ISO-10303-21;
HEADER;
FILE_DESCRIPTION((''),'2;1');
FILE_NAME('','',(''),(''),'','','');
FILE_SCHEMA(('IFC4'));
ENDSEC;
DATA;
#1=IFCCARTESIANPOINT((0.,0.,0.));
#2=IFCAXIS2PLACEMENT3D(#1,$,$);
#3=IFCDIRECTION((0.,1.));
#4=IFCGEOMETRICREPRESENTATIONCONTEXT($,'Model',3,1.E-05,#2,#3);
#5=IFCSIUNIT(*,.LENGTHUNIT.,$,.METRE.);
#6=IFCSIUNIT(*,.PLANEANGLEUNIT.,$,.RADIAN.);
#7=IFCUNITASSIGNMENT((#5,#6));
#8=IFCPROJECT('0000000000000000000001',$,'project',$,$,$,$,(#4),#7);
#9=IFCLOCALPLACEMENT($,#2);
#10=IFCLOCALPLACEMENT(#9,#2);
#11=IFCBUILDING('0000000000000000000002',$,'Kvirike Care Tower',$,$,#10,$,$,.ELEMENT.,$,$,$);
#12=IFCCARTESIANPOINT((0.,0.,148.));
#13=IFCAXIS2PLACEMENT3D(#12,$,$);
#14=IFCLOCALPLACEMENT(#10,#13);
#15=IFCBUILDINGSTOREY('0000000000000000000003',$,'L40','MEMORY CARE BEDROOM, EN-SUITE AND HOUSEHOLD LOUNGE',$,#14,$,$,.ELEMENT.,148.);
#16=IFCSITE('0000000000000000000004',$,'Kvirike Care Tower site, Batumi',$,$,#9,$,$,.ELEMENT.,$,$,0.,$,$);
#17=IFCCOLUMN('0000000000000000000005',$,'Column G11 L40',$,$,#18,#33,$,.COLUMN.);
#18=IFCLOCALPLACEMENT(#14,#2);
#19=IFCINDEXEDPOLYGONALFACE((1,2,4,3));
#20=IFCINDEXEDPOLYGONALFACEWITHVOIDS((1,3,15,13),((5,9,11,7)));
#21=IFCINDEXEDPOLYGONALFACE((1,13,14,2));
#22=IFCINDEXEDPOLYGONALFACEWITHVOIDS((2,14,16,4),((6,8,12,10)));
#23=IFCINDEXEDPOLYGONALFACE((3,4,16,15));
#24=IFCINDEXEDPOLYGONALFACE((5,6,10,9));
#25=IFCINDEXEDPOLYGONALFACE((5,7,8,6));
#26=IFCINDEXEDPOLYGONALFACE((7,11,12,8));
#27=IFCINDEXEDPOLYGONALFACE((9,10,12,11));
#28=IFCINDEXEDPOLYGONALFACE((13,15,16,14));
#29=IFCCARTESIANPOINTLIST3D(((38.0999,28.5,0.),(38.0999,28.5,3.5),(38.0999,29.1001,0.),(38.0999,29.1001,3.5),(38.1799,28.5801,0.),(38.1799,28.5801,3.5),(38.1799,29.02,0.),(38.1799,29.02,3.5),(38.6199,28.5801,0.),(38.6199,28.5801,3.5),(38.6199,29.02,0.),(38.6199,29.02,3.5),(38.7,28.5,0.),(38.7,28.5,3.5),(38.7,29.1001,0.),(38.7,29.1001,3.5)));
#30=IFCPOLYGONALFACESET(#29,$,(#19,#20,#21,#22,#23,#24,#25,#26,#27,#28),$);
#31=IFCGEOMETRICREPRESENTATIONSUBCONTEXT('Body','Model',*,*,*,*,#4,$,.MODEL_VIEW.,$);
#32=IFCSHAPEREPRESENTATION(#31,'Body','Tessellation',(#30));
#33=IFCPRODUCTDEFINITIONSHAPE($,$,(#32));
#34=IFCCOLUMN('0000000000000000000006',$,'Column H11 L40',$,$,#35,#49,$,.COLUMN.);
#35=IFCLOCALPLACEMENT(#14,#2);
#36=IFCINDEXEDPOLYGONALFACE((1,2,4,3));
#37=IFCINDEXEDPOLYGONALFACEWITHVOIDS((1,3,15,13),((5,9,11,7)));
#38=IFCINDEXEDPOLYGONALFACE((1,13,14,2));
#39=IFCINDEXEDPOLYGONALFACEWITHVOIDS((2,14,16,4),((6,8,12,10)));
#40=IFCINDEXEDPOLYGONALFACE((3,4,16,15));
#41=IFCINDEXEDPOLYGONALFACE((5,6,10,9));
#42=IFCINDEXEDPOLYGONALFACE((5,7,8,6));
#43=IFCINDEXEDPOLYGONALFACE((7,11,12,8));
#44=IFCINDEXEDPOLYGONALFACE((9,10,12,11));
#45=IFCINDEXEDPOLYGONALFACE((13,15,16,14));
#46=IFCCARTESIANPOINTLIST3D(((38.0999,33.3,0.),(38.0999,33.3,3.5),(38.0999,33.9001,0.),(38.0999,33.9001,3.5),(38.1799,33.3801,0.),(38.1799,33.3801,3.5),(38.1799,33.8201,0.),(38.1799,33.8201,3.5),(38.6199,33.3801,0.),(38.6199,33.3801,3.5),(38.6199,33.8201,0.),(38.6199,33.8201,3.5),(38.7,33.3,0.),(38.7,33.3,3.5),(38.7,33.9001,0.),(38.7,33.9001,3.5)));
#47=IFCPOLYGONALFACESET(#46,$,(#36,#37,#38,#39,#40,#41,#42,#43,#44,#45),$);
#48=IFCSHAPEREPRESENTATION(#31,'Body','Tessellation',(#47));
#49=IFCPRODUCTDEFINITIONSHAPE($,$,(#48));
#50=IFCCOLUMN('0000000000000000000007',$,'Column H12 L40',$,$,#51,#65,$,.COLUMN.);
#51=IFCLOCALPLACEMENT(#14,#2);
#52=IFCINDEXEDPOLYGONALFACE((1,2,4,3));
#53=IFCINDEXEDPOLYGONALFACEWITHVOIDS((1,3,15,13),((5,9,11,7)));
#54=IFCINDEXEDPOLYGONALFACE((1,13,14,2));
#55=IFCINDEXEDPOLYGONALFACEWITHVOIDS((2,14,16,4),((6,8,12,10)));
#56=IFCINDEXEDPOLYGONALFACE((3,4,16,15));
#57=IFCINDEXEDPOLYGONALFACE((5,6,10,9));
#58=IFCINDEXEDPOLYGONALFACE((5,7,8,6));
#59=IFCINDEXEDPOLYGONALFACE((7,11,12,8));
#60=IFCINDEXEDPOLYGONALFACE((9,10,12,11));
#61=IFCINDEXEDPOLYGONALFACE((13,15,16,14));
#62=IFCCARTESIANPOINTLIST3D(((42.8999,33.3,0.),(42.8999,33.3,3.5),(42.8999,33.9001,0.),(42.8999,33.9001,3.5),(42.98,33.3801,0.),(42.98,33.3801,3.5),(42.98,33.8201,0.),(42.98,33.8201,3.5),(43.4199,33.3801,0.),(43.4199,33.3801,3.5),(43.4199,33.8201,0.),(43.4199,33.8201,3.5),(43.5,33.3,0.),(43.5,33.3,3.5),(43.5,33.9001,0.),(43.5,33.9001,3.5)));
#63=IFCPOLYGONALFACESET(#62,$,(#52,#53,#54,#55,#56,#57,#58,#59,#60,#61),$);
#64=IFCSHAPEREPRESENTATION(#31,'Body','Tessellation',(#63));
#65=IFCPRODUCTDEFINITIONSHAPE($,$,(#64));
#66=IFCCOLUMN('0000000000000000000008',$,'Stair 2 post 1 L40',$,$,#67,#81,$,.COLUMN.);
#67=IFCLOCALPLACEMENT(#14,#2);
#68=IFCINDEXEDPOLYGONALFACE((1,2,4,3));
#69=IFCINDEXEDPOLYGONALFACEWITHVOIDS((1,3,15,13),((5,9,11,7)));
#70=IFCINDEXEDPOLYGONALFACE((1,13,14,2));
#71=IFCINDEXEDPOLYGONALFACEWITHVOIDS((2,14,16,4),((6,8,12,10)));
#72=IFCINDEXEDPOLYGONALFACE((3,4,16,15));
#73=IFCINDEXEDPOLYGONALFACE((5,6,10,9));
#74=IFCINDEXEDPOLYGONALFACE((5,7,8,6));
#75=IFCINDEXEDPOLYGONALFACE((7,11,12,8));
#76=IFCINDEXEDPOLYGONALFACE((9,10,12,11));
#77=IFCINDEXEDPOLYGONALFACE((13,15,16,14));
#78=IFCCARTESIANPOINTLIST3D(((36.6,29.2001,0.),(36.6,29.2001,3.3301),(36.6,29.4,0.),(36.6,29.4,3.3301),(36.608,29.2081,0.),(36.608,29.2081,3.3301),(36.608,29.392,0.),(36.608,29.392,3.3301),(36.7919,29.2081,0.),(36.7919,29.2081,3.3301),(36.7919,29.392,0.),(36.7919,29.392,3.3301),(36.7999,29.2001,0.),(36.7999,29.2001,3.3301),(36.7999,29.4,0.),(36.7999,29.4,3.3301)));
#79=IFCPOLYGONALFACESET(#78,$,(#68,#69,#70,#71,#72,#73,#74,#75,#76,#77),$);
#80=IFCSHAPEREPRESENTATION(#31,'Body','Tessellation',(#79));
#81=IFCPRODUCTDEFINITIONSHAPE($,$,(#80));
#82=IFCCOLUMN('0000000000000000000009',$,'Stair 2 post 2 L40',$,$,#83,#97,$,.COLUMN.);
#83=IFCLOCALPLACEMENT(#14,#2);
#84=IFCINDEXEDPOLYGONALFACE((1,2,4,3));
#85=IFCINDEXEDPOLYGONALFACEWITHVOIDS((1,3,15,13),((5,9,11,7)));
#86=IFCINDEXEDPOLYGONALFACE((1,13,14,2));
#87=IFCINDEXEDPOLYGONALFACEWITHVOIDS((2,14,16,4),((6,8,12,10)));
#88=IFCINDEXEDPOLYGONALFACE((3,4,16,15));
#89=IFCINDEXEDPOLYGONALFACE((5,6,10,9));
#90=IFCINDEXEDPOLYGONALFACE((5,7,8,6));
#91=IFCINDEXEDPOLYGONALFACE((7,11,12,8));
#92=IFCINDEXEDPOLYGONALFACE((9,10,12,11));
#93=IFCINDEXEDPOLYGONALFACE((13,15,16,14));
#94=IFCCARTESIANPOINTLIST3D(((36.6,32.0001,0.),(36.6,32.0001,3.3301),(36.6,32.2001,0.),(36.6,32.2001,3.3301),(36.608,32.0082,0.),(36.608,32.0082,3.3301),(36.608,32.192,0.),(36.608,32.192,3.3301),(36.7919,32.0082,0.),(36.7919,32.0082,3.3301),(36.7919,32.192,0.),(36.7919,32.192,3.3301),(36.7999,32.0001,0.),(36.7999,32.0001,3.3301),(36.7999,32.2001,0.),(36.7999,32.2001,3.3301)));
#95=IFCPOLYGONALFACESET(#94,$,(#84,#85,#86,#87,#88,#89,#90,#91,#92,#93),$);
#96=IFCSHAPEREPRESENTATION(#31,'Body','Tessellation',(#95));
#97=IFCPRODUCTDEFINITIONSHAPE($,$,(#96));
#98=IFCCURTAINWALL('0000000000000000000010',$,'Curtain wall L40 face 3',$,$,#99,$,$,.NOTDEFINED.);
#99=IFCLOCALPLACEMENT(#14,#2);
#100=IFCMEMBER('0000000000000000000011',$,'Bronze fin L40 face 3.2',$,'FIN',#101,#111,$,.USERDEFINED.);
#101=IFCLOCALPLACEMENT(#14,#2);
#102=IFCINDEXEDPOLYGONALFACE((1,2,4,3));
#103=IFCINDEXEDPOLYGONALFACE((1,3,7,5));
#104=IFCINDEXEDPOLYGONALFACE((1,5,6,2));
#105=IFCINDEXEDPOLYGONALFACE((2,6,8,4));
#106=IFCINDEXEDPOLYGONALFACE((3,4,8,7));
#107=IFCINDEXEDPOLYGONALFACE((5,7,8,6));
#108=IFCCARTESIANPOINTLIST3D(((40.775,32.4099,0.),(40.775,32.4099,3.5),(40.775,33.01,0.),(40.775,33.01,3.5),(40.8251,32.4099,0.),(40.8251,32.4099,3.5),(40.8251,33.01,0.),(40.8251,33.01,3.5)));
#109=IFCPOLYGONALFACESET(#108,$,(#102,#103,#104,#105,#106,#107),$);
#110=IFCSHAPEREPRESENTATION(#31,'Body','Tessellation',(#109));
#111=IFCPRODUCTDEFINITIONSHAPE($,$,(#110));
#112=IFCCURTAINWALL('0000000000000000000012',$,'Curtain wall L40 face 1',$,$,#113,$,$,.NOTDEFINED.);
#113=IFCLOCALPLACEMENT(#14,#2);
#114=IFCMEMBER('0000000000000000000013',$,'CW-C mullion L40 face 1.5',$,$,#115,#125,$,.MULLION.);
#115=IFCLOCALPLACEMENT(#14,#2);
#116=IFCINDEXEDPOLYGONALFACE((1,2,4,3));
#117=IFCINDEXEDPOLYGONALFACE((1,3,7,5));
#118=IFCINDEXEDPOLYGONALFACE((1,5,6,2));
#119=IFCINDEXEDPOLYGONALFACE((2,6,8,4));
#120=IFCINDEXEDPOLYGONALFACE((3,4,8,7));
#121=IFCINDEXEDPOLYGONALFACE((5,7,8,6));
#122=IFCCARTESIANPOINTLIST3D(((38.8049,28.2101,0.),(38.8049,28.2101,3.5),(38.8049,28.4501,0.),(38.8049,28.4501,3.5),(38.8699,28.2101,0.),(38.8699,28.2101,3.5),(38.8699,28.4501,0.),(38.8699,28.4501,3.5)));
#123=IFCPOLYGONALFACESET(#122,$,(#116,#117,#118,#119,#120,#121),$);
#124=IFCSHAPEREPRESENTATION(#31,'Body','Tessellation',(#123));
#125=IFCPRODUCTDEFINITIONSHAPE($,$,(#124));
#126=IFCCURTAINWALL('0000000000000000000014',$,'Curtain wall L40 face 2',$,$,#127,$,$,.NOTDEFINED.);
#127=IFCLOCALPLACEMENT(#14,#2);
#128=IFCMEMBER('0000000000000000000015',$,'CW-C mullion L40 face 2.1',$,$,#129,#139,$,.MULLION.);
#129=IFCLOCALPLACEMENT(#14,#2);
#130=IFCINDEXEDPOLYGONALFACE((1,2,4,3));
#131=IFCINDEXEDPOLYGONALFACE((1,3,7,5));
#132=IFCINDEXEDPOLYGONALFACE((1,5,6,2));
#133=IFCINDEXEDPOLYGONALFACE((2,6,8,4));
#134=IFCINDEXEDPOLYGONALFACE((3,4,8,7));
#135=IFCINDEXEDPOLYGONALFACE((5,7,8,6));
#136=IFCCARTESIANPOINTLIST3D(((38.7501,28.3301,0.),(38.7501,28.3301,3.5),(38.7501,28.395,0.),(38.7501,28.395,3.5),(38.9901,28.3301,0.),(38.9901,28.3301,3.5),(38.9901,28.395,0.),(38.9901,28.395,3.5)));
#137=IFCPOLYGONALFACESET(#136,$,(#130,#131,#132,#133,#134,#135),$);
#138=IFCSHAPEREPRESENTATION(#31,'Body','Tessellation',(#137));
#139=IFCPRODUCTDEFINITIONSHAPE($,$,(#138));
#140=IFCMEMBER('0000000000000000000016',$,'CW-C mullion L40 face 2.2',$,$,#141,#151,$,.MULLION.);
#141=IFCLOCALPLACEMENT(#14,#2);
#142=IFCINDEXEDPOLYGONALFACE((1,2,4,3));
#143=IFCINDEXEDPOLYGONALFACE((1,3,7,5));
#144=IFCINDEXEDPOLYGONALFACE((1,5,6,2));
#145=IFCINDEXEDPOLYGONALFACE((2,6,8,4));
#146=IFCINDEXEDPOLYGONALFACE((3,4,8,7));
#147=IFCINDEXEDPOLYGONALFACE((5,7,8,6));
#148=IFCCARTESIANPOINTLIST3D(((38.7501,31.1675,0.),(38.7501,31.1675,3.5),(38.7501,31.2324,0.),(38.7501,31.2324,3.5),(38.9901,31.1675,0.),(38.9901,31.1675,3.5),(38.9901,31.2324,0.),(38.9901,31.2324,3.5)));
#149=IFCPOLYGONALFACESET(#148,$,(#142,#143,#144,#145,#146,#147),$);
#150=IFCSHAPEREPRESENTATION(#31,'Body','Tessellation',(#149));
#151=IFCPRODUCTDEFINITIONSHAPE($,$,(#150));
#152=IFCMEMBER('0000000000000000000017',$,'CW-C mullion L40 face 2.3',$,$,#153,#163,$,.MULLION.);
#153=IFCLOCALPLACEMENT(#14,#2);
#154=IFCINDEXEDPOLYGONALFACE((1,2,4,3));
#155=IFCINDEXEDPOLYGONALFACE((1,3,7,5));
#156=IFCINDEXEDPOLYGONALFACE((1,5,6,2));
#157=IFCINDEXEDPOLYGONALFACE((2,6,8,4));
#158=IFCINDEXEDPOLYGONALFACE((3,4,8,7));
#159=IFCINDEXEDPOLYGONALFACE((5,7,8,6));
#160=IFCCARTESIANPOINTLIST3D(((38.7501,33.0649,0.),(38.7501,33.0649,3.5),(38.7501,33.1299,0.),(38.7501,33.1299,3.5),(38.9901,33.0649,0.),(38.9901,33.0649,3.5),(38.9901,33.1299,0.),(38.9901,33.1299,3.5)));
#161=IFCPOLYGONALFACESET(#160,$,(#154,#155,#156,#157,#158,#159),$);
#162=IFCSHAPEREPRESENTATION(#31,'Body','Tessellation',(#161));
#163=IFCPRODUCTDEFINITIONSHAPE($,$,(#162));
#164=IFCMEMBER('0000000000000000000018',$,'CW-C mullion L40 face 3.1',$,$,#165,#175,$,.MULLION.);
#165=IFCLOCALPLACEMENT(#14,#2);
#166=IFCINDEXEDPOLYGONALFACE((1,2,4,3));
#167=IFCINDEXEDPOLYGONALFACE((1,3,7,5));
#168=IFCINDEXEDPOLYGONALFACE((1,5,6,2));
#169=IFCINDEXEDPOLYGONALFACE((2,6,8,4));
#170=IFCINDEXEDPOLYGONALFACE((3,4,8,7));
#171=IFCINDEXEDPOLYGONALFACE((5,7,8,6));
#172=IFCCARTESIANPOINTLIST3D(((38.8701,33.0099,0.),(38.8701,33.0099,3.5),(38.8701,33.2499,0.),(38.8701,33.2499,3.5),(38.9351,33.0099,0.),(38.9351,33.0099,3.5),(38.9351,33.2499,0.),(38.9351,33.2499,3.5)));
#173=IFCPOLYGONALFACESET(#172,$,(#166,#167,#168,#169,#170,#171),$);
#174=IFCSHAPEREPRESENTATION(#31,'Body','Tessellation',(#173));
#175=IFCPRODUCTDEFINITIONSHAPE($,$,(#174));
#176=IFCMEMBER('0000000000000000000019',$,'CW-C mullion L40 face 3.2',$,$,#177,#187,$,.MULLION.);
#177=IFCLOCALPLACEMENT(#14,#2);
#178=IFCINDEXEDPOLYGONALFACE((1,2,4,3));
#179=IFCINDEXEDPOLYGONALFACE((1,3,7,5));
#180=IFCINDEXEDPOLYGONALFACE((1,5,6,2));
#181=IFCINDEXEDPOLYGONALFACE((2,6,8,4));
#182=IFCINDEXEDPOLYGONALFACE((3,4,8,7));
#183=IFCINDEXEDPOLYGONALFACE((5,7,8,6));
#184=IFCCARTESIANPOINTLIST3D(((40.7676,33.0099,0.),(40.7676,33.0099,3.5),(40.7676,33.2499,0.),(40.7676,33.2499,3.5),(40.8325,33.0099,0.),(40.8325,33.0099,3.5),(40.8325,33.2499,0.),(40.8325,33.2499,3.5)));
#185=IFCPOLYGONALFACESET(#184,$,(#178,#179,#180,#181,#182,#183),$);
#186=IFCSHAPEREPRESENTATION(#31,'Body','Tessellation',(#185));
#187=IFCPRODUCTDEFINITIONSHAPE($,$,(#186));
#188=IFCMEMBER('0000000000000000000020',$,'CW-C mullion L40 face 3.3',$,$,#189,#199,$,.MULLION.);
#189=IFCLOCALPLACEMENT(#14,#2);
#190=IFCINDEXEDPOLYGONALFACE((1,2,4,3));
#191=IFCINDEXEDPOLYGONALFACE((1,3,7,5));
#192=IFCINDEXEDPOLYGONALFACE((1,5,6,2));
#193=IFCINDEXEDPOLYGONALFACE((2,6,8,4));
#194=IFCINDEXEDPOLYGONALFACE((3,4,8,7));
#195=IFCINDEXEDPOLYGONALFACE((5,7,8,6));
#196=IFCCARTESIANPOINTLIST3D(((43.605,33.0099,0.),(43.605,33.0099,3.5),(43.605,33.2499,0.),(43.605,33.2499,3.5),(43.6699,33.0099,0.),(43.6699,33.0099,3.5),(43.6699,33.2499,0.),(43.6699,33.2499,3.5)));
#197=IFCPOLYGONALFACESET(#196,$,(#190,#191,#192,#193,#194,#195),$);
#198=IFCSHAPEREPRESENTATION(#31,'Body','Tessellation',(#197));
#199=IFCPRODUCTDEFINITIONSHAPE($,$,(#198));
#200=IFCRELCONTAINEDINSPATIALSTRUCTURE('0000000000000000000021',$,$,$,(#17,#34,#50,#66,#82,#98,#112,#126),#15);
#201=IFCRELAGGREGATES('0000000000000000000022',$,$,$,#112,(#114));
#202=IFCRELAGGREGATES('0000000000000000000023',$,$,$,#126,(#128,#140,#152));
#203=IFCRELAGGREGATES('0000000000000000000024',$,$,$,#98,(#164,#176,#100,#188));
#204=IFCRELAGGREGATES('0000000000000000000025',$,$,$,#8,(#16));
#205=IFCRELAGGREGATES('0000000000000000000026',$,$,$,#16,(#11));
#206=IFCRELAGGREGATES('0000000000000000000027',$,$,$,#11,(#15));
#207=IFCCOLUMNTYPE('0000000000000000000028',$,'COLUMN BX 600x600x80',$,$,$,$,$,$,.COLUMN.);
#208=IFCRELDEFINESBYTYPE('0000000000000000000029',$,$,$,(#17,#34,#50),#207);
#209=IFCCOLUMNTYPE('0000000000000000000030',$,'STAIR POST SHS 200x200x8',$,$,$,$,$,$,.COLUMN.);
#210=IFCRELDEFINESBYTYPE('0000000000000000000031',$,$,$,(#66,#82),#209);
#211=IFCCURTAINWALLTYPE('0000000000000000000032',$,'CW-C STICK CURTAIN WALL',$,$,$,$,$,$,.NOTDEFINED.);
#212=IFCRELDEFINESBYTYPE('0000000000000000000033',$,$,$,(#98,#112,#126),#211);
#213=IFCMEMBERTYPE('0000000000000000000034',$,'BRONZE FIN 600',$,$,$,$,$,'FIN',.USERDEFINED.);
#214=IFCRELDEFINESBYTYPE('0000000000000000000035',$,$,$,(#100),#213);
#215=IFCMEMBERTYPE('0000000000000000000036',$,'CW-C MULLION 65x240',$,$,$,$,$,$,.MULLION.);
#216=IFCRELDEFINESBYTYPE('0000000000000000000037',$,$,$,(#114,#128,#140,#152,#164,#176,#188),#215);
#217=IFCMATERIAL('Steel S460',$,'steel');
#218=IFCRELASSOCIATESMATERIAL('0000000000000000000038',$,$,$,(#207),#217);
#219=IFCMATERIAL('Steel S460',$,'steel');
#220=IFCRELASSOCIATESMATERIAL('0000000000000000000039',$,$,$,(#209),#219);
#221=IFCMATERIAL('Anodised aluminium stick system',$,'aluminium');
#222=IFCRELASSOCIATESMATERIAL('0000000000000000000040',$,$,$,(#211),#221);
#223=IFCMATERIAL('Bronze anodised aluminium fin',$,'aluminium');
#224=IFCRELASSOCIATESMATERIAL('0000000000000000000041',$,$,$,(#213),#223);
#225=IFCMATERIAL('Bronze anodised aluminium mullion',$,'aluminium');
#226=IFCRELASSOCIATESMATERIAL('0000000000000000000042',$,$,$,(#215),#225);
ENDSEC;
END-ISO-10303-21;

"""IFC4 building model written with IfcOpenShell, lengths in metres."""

from ifc_helpers import new_model, si_unit, direction, frame, origin, origin_2d, place, context, subcontext, project, spatial, rectangle, hollow_rectangle, extrude, material, material_profile, profile_set, type_object, element, aggregate, save


model = new_model("IFC4")

# Units and contexts
model_context = context("Model", 3, precision=1e-05, world=origin(), true_north=direction((0.0, 1.0)))
body_context = subcontext(model_context, "Body", "Model", "MODEL_VIEW")
ifc_project = project(units=[si_unit("LENGTHUNIT", "METRE"), si_unit("PLANEANGLEUNIT", "RADIAN")], contexts=[model_context])

# Site, building, storey
site_placement = place(None, origin())
site = spatial("IfcSite", under=ifc_project, at=site_placement, Name="Kvirike Care Tower site, Batumi", CompositionType="ELEMENT", RefElevation=0.0)
building_placement = place(site_placement, origin())
building = spatial("IfcBuilding", under=site, at=building_placement, Name="Kvirike Care Tower", CompositionType="ELEMENT")
storey_placement = place(building_placement, frame((0.0, 0.0, 148.0)))
storey = spatial("IfcBuildingStorey", under=building, at=storey_placement, Name="L40", Description="MEMORY CARE BEDROOM, EN-SUITE AND HOUSEHOLD LOUNGE", CompositionType="ELEMENT", Elevation=148.0)

# Columns
ifc_material_1 = material(Name="Steel S460", Category="steel")
ifc_material_profile_1 = material_profile(ifc_material_1, hollow_rectangle(XDim=0.6001, YDim=0.6001, WallThickness=0.0801, at=origin_2d()), Name="BX 600x600x80")
ifc_profile_set_1 = profile_set([ifc_material_profile_1], Name="Steel S460")
column_type_1 = type_object("IfcColumnType", Name="COLUMN BX 600x600x80", PredefinedType="COLUMN", material=ifc_profile_set_1)
for number, where, z_axis, x_axis, name in (
    (1, (38.3999, 28.8, 0.0), (0.0, 0.0, 1.0), (0.0, 1.0, 0.0), "Column G11 L40"),
    (2, (38.3999, 33.6001, 0.0), (0.0, 0.0, 1.0), (0.0, 1.0, 0.0), "Column H11 L40"),
    (3, (43.2, 33.6001, 0.0), (0.0, 0.0, 1.0), (0.0, 1.0, 0.0), "Column H12 L40"),
):
    element("IfcColumn", number, at=place(storey_placement, frame(where, z_axis=z_axis, x_axis=x_axis)), inside=storey, type_object=column_type_1, Name=name, PredefinedType="COLUMN", context=body_context, shape_type="SweptSolid", body=[
        extrude(hollow_rectangle(XDim=0.6001, YDim=0.6001, WallThickness=0.0801, at=origin_2d()), origin(), (0.0, 0.0, 1.0), 3.5),
    ])
ifc_material_2 = material(Name="Steel S460", Category="steel")
ifc_material_profile_2 = material_profile(ifc_material_2, hollow_rectangle(XDim=0.2, YDim=0.2, WallThickness=0.0081, at=origin_2d()), Name="SHS 200x200x8")
ifc_profile_set_2 = profile_set([ifc_material_profile_2], Name="Steel S460")
column_type_2 = type_object("IfcColumnType", Name="STAIR POST SHS 200x200x8", PredefinedType="COLUMN", material=ifc_profile_set_2)
for number, where, z_axis, x_axis, name in (
    (4, (36.7, 29.3, 0.0), (0.0, 0.0, 1.0), (1.0, 0.0, 0.0), "Stair 2 post 1 L40"),
    (5, (36.7, 32.1001, 0.0), (0.0, 0.0, 1.0), (1.0, 0.0, 0.0), "Stair 2 post 2 L40"),
):
    element("IfcColumn", number, at=place(storey_placement, frame(where, z_axis=z_axis, x_axis=x_axis)), inside=storey, type_object=column_type_2, Name=name, PredefinedType="COLUMN", context=body_context, shape_type="SweptSolid", body=[
        extrude(hollow_rectangle(XDim=0.2, YDim=0.2, WallThickness=0.0081, at=origin_2d()), origin(), (0.0, 0.0, 1.0), 3.3301),
    ])

# Curtain walls, members
ifc_material_3 = material(Name="Anodised aluminium stick system", Category="aluminium")
curtain_wall_type = type_object("IfcCurtainWallType", Name="CW-C STICK CURTAIN WALL", PredefinedType="NOTDEFINED", material=ifc_material_3)
curtain_wall_1_placement = place(storey_placement, origin())
curtain_wall_1 = element("IfcCurtainWall", 6, at=curtain_wall_1_placement, inside=storey, type_object=curtain_wall_type, Name="Curtain wall L40 face 3", PredefinedType="NOTDEFINED")
ifc_material_4 = material(Name="Bronze anodised aluminium fin", Category="aluminium")
ifc_material_profile_3 = material_profile(ifc_material_4, rectangle(XDim=0.05, YDim=0.6001, at=origin_2d()), Name="BRONZE FIN 600")
ifc_profile_set_3 = profile_set([ifc_material_profile_3], Name="Bronze anodised aluminium fin")
member_type_1 = type_object("IfcMemberType", Name="BRONZE FIN 600", ElementType="FIN", PredefinedType="USERDEFINED", material=ifc_profile_set_3)
member_1_placement = place(storey_placement, frame((40.8, 32.71, 0.0), z_axis=(0.0, 0.0, 1.0), x_axis=(1.0, 0.0, 0.0)))
member_1 = element("IfcMember", 7, at=member_1_placement, type_object=member_type_1, Name="Bronze fin L40 face 3.2", ObjectType="FIN", PredefinedType="USERDEFINED", context=body_context, shape_type="SweptSolid", body=[
    extrude(rectangle(XDim=0.05, YDim=0.6001, at=origin_2d()), origin(), (0.0, 0.0, 1.0), 3.5),
])
curtain_wall_2_placement = place(storey_placement, origin())
curtain_wall_2 = element("IfcCurtainWall", 8, at=curtain_wall_2_placement, inside=storey, type_object=curtain_wall_type, Name="Curtain wall L40 face 1", PredefinedType="NOTDEFINED")
ifc_material_5 = material(Name="Bronze anodised aluminium mullion", Category="aluminium")
ifc_material_profile_4 = material_profile(ifc_material_5, rectangle(XDim=0.0649, YDim=0.24, at=origin_2d()), Name="CW-C MULLION 65x240")
ifc_profile_set_4 = profile_set([ifc_material_profile_4], Name="Bronze anodised aluminium mullion")
member_type_2 = type_object("IfcMemberType", Name="CW-C MULLION 65x240", PredefinedType="MULLION", material=ifc_profile_set_4)
member_2_placement = place(storey_placement, frame((38.8374, 28.3301, 0.0), z_axis=(0.0, 0.0, 1.0), x_axis=(1.0, 0.0, 0.0)))
member_2 = element("IfcMember", 9, at=member_2_placement, type_object=member_type_2, Name="CW-C mullion L40 face 1.5", PredefinedType="MULLION", context=body_context, shape_type="SweptSolid", body=[
    extrude(rectangle(XDim=0.0649, YDim=0.24, at=origin_2d()), origin(), (0.0, 0.0, 1.0), 3.5),
])

# Curtain wall, members
curtain_wall_3_placement = place(storey_placement, origin())
curtain_wall_3 = element("IfcCurtainWall", 10, at=curtain_wall_3_placement, inside=storey, type_object=curtain_wall_type, Name="Curtain wall L40 face 2", PredefinedType="NOTDEFINED")
member_3_placement = place(storey_placement, frame((38.8701, 28.3625, 0.0), z_axis=(0.0, 0.0, 1.0), x_axis=(0.0, 1.0, 0.0)))
member_3 = element("IfcMember", 11, at=member_3_placement, type_object=member_type_2, Name="CW-C mullion L40 face 2.1", PredefinedType="MULLION", context=body_context, shape_type="SweptSolid", body=[
    extrude(rectangle(XDim=0.0649, YDim=0.24, at=origin_2d()), origin(), (0.0, 0.0, 1.0), 3.5),
])
member_4_placement = place(storey_placement, frame((38.8701, 31.2, 0.0), z_axis=(0.0, 0.0, 1.0), x_axis=(0.0, 1.0, 0.0)))
member_4 = element("IfcMember", 12, at=member_4_placement, type_object=member_type_2, Name="CW-C mullion L40 face 2.2", PredefinedType="MULLION", context=body_context, shape_type="SweptSolid", body=[
    extrude(rectangle(XDim=0.0649, YDim=0.24, at=origin_2d()), origin(), (0.0, 0.0, 1.0), 3.5),
])
member_5_placement = place(storey_placement, frame((38.8701, 33.0974, 0.0), z_axis=(0.0, 0.0, 1.0), x_axis=(0.0, 1.0, 0.0)))
member_5 = element("IfcMember", 13, at=member_5_placement, type_object=member_type_2, Name="CW-C mullion L40 face 2.3", PredefinedType="MULLION", context=body_context, shape_type="SweptSolid", body=[
    extrude(rectangle(XDim=0.0649, YDim=0.24, at=origin_2d()), origin(), (0.0, 0.0, 1.0), 3.5),
])

# Members
member_6_placement = place(storey_placement, frame((38.9026, 33.1299, 0.0), z_axis=(0.0, 0.0, 1.0), x_axis=(1.0, 0.0, 0.0)))
member_6 = element("IfcMember", 14, at=member_6_placement, type_object=member_type_2, Name="CW-C mullion L40 face 3.1", PredefinedType="MULLION", context=body_context, shape_type="SweptSolid", body=[
    extrude(rectangle(XDim=0.0649, YDim=0.24, at=origin_2d()), origin(), (0.0, 0.0, 1.0), 3.5),
])
member_7_placement = place(storey_placement, frame((40.8, 33.1299, 0.0), z_axis=(0.0, 0.0, 1.0), x_axis=(1.0, 0.0, 0.0)))
member_7 = element("IfcMember", 15, at=member_7_placement, type_object=member_type_2, Name="CW-C mullion L40 face 3.2", PredefinedType="MULLION", context=body_context, shape_type="SweptSolid", body=[
    extrude(rectangle(XDim=0.0649, YDim=0.24, at=origin_2d()), origin(), (0.0, 0.0, 1.0), 3.5),
])
member_8_placement = place(storey_placement, frame((43.6375, 33.1299, 0.0), z_axis=(0.0, 0.0, 1.0), x_axis=(1.0, 0.0, 0.0)))
member_8 = element("IfcMember", 16, at=member_8_placement, type_object=member_type_2, Name="CW-C mullion L40 face 3.3", PredefinedType="MULLION", context=body_context, shape_type="SweptSolid", body=[
    extrude(rectangle(XDim=0.0649, YDim=0.24, at=origin_2d()), origin(), (0.0, 0.0, 1.0), 3.5),
])

aggregate(curtain_wall_2, [member_2])
aggregate(curtain_wall_3, [member_3, member_4, member_5])
aggregate(curtain_wall_1, [member_6, member_7, member_1, member_8])

save(model, "model.ifc")
